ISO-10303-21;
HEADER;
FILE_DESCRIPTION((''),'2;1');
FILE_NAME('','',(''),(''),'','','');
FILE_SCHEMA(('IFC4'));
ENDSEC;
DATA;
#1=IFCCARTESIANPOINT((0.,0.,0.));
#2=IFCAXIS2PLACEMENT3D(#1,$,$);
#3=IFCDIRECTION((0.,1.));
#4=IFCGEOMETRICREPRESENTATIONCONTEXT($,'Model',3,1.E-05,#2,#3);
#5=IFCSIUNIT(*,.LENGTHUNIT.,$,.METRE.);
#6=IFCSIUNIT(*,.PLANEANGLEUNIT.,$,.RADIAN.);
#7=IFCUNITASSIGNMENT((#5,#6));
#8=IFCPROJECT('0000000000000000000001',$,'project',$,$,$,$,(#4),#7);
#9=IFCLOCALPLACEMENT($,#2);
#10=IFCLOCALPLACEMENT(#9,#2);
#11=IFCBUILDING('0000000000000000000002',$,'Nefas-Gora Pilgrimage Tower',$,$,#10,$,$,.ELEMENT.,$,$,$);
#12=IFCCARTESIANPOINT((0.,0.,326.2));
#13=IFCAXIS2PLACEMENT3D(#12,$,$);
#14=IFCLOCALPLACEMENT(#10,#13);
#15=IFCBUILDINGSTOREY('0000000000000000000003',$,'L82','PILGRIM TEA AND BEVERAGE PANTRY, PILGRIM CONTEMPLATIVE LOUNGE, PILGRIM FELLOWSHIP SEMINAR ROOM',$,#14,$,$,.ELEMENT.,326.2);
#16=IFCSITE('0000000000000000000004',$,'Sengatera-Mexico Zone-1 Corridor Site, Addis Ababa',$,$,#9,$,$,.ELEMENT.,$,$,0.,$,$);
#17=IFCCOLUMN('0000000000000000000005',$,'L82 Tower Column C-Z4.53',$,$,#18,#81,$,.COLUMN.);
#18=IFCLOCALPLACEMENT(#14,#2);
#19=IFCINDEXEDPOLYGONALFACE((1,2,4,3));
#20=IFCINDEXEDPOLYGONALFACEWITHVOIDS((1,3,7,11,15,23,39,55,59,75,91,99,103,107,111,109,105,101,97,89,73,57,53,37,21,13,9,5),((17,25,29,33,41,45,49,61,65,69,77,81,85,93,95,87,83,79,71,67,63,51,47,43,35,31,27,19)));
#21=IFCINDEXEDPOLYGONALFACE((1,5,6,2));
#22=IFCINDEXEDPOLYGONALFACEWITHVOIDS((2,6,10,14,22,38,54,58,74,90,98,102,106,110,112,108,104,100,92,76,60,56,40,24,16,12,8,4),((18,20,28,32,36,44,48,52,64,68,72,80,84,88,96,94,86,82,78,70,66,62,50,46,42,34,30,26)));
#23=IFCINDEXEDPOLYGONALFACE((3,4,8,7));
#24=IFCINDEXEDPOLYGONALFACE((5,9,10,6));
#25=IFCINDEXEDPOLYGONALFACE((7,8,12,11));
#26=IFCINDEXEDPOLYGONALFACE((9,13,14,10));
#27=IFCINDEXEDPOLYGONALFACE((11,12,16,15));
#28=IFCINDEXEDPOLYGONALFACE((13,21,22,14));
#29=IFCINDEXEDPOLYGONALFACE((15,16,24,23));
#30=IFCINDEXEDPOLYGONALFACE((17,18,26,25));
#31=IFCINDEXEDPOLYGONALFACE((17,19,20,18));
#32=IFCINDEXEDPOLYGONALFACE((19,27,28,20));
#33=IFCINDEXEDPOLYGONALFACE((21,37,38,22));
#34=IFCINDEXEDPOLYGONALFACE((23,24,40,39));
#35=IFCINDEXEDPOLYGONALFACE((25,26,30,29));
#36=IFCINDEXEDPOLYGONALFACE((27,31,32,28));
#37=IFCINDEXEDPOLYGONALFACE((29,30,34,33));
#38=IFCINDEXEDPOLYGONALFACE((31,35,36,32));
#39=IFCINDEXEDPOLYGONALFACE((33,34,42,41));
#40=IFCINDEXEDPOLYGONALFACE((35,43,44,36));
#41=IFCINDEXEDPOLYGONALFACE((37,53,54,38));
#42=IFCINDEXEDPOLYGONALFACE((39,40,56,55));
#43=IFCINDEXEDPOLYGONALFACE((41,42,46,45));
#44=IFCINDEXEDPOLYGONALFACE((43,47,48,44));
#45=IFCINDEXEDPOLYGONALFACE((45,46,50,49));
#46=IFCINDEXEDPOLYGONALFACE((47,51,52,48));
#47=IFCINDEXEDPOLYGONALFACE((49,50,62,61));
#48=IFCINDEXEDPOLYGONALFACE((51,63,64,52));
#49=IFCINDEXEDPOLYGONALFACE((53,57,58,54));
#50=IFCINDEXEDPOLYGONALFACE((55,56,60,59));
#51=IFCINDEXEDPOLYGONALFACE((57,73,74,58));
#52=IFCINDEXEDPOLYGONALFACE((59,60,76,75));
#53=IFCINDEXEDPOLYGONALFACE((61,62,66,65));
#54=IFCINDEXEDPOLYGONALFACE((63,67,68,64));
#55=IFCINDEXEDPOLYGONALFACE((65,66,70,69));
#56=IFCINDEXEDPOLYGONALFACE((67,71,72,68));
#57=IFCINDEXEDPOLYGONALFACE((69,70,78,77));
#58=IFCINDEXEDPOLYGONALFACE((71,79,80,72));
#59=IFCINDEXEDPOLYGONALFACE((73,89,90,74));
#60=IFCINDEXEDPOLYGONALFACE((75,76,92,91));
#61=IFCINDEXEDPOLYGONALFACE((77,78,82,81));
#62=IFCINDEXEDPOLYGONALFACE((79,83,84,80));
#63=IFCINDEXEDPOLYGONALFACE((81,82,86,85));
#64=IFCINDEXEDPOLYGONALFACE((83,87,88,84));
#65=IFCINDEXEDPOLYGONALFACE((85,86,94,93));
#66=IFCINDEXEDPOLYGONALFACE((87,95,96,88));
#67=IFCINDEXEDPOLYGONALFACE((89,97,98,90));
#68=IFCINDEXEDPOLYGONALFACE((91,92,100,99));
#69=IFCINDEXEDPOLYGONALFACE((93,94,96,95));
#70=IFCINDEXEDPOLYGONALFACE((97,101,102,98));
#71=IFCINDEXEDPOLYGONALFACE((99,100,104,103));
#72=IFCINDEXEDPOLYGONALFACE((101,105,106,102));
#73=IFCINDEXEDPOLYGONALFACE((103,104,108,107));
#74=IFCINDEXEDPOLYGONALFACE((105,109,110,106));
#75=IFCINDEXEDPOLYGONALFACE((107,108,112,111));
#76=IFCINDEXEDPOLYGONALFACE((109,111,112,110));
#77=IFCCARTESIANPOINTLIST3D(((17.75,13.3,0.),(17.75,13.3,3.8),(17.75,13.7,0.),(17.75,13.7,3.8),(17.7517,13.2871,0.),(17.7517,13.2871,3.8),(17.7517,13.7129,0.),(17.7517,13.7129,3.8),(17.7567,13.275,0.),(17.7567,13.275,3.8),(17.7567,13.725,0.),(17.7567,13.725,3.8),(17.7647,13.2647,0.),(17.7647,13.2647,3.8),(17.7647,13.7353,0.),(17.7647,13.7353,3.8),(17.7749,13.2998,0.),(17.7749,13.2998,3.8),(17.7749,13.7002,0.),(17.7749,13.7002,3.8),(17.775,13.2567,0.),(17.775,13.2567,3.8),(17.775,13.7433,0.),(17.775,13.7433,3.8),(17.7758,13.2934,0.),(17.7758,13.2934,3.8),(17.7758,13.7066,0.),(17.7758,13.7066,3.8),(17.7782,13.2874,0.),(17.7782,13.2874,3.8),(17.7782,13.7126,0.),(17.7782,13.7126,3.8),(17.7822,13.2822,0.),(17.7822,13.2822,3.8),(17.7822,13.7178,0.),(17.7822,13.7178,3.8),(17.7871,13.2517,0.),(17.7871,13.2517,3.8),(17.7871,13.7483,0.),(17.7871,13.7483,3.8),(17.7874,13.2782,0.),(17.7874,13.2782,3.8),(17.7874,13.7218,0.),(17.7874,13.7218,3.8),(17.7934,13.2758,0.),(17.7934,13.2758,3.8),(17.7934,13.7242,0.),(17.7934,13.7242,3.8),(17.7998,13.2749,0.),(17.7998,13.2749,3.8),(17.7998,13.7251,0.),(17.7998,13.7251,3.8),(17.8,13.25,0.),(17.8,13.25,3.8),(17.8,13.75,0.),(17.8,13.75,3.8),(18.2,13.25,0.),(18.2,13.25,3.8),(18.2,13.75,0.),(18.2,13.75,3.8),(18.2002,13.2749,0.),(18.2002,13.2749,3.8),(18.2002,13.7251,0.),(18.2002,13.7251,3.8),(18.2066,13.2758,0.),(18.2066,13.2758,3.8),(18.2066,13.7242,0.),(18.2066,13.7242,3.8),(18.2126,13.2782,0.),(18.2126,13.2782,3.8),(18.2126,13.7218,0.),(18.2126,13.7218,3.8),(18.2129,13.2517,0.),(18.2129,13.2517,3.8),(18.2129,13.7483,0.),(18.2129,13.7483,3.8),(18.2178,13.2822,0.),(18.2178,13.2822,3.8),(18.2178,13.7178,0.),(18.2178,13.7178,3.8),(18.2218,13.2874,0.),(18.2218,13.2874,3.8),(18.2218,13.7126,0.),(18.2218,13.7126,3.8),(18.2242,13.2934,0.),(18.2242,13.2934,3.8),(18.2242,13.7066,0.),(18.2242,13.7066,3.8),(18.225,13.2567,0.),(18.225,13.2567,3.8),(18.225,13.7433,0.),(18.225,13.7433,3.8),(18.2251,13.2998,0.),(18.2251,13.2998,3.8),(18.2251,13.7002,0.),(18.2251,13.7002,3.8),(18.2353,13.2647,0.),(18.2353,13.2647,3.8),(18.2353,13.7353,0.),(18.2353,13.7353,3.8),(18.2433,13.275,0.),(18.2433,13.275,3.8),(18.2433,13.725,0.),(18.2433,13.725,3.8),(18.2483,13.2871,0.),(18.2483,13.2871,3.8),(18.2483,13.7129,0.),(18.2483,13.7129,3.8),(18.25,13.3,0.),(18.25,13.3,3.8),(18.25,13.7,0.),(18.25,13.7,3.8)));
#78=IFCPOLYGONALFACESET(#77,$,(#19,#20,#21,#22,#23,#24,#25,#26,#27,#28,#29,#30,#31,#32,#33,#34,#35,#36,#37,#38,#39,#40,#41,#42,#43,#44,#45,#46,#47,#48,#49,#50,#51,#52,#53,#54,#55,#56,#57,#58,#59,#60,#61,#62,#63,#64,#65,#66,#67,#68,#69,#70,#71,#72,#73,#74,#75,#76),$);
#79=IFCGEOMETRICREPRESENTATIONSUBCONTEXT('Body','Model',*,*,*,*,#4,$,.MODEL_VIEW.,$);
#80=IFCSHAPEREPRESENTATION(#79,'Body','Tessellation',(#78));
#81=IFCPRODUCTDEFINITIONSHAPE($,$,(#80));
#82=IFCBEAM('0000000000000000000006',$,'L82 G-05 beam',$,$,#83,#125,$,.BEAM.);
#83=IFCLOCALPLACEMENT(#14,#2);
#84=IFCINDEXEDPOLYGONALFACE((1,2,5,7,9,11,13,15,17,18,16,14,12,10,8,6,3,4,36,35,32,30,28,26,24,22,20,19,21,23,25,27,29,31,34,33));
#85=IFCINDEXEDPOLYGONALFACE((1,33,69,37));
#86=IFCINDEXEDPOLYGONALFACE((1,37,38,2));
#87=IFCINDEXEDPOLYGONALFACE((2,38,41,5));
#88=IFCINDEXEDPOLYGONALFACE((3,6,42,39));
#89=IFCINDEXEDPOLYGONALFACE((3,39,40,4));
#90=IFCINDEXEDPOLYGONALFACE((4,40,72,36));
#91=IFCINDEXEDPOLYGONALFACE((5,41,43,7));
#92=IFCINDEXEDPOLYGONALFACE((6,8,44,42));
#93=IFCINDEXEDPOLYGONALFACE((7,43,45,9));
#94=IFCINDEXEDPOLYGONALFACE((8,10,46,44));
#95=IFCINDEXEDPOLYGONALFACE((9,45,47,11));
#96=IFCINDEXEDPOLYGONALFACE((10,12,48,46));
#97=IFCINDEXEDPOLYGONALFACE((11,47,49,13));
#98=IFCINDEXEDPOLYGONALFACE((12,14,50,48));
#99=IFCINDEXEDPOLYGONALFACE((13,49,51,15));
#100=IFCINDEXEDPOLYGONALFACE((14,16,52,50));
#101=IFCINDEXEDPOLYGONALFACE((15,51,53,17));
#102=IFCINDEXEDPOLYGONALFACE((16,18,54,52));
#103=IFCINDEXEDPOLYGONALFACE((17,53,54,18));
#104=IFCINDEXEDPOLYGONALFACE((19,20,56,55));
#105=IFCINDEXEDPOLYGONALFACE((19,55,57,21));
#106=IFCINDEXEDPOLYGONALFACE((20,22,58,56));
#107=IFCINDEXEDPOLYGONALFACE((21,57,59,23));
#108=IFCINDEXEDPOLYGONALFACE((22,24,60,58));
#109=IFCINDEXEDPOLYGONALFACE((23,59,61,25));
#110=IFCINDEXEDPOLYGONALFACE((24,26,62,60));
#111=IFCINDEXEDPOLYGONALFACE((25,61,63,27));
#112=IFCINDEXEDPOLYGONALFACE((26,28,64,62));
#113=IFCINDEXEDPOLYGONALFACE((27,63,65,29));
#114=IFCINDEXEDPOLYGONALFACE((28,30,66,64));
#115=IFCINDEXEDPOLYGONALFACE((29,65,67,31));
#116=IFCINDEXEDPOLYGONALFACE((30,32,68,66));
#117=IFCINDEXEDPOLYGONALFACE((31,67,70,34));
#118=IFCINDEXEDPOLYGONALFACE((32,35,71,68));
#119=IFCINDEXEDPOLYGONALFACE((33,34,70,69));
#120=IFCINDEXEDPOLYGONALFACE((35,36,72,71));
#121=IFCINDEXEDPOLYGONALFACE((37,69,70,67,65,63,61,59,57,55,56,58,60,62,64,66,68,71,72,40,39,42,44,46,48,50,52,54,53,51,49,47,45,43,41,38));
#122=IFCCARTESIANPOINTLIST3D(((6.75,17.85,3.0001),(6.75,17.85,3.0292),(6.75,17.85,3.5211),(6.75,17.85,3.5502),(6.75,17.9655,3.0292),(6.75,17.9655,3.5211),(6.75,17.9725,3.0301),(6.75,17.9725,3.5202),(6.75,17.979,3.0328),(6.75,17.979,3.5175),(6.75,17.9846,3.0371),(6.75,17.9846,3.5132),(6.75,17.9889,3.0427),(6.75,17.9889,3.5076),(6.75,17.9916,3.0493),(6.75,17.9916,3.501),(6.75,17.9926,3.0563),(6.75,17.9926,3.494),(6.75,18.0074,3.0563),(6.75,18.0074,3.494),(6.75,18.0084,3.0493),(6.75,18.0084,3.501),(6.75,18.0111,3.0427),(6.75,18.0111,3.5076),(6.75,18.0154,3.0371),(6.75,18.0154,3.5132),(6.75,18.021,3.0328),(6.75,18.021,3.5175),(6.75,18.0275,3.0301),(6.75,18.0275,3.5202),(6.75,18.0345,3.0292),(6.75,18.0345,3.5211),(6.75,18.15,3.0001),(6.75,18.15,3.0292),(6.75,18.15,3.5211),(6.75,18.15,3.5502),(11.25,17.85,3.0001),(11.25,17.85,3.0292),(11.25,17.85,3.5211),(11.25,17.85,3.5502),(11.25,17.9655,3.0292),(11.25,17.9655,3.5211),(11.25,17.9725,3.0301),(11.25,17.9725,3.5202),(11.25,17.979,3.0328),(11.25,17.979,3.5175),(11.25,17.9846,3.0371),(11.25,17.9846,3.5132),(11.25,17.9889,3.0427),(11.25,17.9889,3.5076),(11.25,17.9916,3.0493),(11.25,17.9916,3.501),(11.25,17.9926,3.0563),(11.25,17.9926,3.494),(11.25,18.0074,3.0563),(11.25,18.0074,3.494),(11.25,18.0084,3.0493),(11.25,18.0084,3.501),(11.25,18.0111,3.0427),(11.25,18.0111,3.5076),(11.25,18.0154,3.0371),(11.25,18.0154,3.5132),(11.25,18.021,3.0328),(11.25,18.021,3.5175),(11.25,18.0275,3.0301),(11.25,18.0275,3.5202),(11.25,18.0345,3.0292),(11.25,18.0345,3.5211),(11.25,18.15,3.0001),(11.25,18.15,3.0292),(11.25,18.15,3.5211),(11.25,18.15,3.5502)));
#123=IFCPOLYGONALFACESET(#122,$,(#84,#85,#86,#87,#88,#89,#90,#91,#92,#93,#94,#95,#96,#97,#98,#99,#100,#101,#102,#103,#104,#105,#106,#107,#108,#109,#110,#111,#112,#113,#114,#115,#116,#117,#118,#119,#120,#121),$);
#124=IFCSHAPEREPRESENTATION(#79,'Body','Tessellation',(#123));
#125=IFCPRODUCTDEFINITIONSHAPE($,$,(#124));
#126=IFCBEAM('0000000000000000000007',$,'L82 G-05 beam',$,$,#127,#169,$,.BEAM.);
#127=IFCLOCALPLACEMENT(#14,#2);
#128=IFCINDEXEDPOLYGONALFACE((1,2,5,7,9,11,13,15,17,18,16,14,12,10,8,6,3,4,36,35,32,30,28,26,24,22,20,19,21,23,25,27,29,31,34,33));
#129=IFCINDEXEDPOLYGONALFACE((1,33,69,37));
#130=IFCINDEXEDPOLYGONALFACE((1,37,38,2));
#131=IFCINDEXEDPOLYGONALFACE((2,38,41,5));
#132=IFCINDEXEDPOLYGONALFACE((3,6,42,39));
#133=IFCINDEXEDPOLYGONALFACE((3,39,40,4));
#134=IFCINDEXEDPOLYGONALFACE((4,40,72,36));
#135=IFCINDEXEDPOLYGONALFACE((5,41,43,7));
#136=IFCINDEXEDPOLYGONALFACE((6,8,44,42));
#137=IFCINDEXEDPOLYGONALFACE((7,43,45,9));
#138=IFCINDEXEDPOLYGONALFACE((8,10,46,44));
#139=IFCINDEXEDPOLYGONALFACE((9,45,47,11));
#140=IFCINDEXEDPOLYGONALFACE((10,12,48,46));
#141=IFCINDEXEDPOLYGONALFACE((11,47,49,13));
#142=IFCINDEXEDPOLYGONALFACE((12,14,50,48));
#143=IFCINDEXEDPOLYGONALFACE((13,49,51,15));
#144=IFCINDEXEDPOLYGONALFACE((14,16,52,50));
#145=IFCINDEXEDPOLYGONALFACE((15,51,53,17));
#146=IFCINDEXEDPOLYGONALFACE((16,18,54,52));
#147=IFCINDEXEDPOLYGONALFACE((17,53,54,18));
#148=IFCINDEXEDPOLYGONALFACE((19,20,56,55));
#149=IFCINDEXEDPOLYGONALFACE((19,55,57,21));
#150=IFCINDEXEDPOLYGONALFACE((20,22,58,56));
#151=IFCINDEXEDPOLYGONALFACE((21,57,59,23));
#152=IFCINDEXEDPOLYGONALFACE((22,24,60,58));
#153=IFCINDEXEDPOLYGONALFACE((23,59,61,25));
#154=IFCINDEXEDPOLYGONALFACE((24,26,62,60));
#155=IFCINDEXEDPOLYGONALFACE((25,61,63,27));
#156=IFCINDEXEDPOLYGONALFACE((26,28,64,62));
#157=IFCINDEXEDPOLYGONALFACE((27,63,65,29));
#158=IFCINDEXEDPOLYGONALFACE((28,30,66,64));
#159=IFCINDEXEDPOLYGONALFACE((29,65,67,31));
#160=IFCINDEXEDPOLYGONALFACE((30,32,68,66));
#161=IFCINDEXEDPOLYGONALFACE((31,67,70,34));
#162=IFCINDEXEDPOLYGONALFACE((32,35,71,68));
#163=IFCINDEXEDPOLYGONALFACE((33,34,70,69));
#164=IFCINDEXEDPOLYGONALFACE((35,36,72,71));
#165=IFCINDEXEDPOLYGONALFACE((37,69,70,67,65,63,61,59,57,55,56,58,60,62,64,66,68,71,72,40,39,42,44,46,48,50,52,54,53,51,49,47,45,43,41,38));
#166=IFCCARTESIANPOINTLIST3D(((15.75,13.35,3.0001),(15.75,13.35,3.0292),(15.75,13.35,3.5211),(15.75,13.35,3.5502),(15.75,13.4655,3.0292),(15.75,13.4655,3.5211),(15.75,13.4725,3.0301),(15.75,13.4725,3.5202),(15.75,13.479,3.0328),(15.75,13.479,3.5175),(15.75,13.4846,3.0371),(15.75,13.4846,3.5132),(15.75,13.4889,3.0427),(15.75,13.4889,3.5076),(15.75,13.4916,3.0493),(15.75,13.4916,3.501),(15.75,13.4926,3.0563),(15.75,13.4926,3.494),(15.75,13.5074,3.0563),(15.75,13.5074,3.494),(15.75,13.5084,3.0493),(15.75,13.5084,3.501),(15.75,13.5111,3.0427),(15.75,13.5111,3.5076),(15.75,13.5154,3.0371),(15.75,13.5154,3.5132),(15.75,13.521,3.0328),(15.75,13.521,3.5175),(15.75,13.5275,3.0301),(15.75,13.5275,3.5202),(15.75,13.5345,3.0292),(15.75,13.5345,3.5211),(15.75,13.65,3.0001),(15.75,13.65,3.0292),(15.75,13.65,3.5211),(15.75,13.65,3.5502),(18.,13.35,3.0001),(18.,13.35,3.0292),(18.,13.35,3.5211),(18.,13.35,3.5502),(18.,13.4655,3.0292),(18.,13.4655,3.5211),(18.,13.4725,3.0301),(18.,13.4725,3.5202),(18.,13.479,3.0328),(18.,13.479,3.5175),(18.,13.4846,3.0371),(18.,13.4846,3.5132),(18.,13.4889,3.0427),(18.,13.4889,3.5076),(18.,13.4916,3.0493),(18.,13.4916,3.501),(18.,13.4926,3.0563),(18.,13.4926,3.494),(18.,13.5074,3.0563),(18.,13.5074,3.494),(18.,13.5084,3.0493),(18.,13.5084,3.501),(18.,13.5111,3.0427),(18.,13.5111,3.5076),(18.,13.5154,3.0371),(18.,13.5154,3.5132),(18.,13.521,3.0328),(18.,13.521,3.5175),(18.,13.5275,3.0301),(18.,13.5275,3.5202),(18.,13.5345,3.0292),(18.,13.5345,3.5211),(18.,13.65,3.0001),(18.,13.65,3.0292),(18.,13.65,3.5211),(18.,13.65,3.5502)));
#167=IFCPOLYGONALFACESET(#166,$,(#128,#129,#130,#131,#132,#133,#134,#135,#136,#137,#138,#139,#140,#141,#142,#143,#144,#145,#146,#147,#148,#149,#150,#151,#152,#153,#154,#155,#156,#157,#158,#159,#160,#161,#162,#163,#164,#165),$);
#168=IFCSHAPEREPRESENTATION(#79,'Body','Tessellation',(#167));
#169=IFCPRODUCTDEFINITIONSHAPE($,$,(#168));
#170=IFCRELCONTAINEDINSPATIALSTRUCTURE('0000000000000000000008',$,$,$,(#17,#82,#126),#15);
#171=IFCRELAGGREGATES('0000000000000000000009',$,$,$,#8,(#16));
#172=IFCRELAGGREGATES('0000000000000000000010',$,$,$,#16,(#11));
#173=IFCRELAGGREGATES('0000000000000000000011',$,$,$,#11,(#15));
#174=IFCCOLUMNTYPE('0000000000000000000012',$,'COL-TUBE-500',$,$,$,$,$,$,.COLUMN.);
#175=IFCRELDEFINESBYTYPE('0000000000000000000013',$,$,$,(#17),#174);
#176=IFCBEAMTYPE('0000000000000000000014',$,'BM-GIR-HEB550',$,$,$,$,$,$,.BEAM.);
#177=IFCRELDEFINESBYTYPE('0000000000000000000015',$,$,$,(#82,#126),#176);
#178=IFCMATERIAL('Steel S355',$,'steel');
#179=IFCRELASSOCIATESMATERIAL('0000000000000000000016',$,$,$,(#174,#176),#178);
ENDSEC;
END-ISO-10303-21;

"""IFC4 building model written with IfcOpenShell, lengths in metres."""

from ifc_helpers import new_model, si_unit, direction, frame, origin, origin_2d, place, context, subcontext, project, spatial, hollow_rectangle, i_section, extrude, source, transform, mapped, material, material_profile, profile_set, type_object, element, save


model = new_model("IFC4")

# Units and contexts
model_context = context("Model", 3, precision=1e-05, world=origin(), true_north=direction((0.0, 1.0)))
body_context = subcontext(model_context, "Body", "Model", "MODEL_VIEW")
ifc_project = project(units=[si_unit("LENGTHUNIT", "METRE"), si_unit("PLANEANGLEUNIT", "RADIAN")], contexts=[model_context])

# Site, building, storey
site_placement = place(None, origin())
site = spatial("IfcSite", under=ifc_project, at=site_placement, Name="Sengatera-Mexico Zone-1 Corridor Site, Addis Ababa", CompositionType="ELEMENT", RefElevation=0.0)
building_placement = place(site_placement, origin())
building = spatial("IfcBuilding", under=site, at=building_placement, Name="Nefas-Gora Pilgrimage Tower", CompositionType="ELEMENT")
storey_placement = place(building_placement, frame((0.0, 0.0, 326.2)))
storey = spatial("IfcBuildingStorey", under=building, at=storey_placement, Name="L82", Description="PILGRIM TEA AND BEVERAGE PANTRY, PILGRIM CONTEMPLATIVE LOUNGE, PILGRIM FELLOWSHIP SEMINAR ROOM", CompositionType="ELEMENT", Elevation=326.2)

# Column
ifc_material_1 = material(Name="Steel S355", Category="steel")
ifc_material_profile_1 = material_profile(ifc_material_1, hollow_rectangle(XDim=0.5, YDim=0.5, WallThickness=0.0249, InnerFilletRadius=0.0249, OuterFilletRadius=0.05, at=origin_2d()), Name="SHS 500x500x25")
ifc_profile_set_1 = profile_set([ifc_material_profile_1], Name="Steel S355")
column_type_1 = type_object("IfcColumnType", Name="COL-TUBE-500", PredefinedType="COLUMN", material=ifc_profile_set_1)
shared_shape_1 = source(origin(), body_context, "Body", "SweptSolid", [
    extrude(hollow_rectangle(XDim=0.5, YDim=0.5, WallThickness=0.0249, InnerFilletRadius=0.0249, OuterFilletRadius=0.05, at=origin_2d()), origin(), (0.0, 0.0, 1.0), 3.8),
])
column_placement = place(storey_placement, frame((18.0, 13.5, 0.0), z_axis=(0.0, 0.0, 1.0), x_axis=(1.0, 0.0, 0.0)))
element("IfcColumn", 1, at=column_placement, inside=storey, type_object=column_type_1, Name="L82 Tower Column C-Z4.53", PredefinedType="COLUMN", context=body_context, shape_type="MappedRepresentation", body=[
    mapped(shared_shape_1, transform((0.0, 0.0, 0.0), x_axis=(1.0, 0.0, 0.0), y_axis=(0.0, 1.0, 0.0), z_axis=(0.0, 0.0, 1.0), scale=1.0)),
])

# Beams
ifc_material_profile_2 = material_profile(ifc_material_1, i_section(OverallWidth=0.3, OverallDepth=0.55, WebThickness=0.0149, FlangeThickness=0.0291, FilletRadius=0.0271, at=origin_2d()), Name="HEB 550")
ifc_profile_set_2 = profile_set([ifc_material_profile_2], Name="Steel S355")
beam_type = type_object("IfcBeamType", Name="BM-GIR-HEB550", PredefinedType="BEAM", material=ifc_profile_set_2)
shared_shape_2 = source(origin(), body_context, "Body", "SweptSolid", [
    extrude(i_section(OverallWidth=0.3, OverallDepth=0.55, WebThickness=0.0149, FlangeThickness=0.0291, FilletRadius=0.0271, at=origin_2d()), origin(), (0.0, 0.0, 1.0), 4.5),
])
beam_1_placement = place(storey_placement, frame((6.75, 18.0, 3.2751), z_axis=(1.0, 0.0, 0.0), x_axis=(0.0, 1.0, 0.0)))
element("IfcBeam", 2, at=beam_1_placement, inside=storey, type_object=beam_type, Name="L82 G-05 beam", PredefinedType="BEAM", context=body_context, shape_type="MappedRepresentation", body=[
    mapped(shared_shape_2, transform((0.0, 0.0, 0.0), x_axis=(1.0, 0.0, 0.0), y_axis=(0.0, 1.0, 0.0), z_axis=(0.0, 0.0, 1.0), scale=1.0)),
])
shared_shape_3 = source(origin(), body_context, "Body", "SweptSolid", [
    extrude(i_section(OverallWidth=0.3, OverallDepth=0.55, WebThickness=0.0149, FlangeThickness=0.0291, FilletRadius=0.0271, at=origin_2d()), origin(), (0.0, 0.0, 1.0), 2.25),
])
beam_2_placement = place(storey_placement, frame((15.75, 13.5, 3.2751), z_axis=(1.0, 0.0, 0.0), x_axis=(0.0, 1.0, 0.0)))
element("IfcBeam", 3, at=beam_2_placement, inside=storey, type_object=beam_type, Name="L82 G-05 beam", PredefinedType="BEAM", context=body_context, shape_type="MappedRepresentation", body=[
    mapped(shared_shape_3, transform((0.0, 0.0, 0.0), x_axis=(1.0, 0.0, 0.0), y_axis=(0.0, 1.0, 0.0), z_axis=(0.0, 0.0, 1.0), scale=1.0)),
])

save(model, "model.ifc")
